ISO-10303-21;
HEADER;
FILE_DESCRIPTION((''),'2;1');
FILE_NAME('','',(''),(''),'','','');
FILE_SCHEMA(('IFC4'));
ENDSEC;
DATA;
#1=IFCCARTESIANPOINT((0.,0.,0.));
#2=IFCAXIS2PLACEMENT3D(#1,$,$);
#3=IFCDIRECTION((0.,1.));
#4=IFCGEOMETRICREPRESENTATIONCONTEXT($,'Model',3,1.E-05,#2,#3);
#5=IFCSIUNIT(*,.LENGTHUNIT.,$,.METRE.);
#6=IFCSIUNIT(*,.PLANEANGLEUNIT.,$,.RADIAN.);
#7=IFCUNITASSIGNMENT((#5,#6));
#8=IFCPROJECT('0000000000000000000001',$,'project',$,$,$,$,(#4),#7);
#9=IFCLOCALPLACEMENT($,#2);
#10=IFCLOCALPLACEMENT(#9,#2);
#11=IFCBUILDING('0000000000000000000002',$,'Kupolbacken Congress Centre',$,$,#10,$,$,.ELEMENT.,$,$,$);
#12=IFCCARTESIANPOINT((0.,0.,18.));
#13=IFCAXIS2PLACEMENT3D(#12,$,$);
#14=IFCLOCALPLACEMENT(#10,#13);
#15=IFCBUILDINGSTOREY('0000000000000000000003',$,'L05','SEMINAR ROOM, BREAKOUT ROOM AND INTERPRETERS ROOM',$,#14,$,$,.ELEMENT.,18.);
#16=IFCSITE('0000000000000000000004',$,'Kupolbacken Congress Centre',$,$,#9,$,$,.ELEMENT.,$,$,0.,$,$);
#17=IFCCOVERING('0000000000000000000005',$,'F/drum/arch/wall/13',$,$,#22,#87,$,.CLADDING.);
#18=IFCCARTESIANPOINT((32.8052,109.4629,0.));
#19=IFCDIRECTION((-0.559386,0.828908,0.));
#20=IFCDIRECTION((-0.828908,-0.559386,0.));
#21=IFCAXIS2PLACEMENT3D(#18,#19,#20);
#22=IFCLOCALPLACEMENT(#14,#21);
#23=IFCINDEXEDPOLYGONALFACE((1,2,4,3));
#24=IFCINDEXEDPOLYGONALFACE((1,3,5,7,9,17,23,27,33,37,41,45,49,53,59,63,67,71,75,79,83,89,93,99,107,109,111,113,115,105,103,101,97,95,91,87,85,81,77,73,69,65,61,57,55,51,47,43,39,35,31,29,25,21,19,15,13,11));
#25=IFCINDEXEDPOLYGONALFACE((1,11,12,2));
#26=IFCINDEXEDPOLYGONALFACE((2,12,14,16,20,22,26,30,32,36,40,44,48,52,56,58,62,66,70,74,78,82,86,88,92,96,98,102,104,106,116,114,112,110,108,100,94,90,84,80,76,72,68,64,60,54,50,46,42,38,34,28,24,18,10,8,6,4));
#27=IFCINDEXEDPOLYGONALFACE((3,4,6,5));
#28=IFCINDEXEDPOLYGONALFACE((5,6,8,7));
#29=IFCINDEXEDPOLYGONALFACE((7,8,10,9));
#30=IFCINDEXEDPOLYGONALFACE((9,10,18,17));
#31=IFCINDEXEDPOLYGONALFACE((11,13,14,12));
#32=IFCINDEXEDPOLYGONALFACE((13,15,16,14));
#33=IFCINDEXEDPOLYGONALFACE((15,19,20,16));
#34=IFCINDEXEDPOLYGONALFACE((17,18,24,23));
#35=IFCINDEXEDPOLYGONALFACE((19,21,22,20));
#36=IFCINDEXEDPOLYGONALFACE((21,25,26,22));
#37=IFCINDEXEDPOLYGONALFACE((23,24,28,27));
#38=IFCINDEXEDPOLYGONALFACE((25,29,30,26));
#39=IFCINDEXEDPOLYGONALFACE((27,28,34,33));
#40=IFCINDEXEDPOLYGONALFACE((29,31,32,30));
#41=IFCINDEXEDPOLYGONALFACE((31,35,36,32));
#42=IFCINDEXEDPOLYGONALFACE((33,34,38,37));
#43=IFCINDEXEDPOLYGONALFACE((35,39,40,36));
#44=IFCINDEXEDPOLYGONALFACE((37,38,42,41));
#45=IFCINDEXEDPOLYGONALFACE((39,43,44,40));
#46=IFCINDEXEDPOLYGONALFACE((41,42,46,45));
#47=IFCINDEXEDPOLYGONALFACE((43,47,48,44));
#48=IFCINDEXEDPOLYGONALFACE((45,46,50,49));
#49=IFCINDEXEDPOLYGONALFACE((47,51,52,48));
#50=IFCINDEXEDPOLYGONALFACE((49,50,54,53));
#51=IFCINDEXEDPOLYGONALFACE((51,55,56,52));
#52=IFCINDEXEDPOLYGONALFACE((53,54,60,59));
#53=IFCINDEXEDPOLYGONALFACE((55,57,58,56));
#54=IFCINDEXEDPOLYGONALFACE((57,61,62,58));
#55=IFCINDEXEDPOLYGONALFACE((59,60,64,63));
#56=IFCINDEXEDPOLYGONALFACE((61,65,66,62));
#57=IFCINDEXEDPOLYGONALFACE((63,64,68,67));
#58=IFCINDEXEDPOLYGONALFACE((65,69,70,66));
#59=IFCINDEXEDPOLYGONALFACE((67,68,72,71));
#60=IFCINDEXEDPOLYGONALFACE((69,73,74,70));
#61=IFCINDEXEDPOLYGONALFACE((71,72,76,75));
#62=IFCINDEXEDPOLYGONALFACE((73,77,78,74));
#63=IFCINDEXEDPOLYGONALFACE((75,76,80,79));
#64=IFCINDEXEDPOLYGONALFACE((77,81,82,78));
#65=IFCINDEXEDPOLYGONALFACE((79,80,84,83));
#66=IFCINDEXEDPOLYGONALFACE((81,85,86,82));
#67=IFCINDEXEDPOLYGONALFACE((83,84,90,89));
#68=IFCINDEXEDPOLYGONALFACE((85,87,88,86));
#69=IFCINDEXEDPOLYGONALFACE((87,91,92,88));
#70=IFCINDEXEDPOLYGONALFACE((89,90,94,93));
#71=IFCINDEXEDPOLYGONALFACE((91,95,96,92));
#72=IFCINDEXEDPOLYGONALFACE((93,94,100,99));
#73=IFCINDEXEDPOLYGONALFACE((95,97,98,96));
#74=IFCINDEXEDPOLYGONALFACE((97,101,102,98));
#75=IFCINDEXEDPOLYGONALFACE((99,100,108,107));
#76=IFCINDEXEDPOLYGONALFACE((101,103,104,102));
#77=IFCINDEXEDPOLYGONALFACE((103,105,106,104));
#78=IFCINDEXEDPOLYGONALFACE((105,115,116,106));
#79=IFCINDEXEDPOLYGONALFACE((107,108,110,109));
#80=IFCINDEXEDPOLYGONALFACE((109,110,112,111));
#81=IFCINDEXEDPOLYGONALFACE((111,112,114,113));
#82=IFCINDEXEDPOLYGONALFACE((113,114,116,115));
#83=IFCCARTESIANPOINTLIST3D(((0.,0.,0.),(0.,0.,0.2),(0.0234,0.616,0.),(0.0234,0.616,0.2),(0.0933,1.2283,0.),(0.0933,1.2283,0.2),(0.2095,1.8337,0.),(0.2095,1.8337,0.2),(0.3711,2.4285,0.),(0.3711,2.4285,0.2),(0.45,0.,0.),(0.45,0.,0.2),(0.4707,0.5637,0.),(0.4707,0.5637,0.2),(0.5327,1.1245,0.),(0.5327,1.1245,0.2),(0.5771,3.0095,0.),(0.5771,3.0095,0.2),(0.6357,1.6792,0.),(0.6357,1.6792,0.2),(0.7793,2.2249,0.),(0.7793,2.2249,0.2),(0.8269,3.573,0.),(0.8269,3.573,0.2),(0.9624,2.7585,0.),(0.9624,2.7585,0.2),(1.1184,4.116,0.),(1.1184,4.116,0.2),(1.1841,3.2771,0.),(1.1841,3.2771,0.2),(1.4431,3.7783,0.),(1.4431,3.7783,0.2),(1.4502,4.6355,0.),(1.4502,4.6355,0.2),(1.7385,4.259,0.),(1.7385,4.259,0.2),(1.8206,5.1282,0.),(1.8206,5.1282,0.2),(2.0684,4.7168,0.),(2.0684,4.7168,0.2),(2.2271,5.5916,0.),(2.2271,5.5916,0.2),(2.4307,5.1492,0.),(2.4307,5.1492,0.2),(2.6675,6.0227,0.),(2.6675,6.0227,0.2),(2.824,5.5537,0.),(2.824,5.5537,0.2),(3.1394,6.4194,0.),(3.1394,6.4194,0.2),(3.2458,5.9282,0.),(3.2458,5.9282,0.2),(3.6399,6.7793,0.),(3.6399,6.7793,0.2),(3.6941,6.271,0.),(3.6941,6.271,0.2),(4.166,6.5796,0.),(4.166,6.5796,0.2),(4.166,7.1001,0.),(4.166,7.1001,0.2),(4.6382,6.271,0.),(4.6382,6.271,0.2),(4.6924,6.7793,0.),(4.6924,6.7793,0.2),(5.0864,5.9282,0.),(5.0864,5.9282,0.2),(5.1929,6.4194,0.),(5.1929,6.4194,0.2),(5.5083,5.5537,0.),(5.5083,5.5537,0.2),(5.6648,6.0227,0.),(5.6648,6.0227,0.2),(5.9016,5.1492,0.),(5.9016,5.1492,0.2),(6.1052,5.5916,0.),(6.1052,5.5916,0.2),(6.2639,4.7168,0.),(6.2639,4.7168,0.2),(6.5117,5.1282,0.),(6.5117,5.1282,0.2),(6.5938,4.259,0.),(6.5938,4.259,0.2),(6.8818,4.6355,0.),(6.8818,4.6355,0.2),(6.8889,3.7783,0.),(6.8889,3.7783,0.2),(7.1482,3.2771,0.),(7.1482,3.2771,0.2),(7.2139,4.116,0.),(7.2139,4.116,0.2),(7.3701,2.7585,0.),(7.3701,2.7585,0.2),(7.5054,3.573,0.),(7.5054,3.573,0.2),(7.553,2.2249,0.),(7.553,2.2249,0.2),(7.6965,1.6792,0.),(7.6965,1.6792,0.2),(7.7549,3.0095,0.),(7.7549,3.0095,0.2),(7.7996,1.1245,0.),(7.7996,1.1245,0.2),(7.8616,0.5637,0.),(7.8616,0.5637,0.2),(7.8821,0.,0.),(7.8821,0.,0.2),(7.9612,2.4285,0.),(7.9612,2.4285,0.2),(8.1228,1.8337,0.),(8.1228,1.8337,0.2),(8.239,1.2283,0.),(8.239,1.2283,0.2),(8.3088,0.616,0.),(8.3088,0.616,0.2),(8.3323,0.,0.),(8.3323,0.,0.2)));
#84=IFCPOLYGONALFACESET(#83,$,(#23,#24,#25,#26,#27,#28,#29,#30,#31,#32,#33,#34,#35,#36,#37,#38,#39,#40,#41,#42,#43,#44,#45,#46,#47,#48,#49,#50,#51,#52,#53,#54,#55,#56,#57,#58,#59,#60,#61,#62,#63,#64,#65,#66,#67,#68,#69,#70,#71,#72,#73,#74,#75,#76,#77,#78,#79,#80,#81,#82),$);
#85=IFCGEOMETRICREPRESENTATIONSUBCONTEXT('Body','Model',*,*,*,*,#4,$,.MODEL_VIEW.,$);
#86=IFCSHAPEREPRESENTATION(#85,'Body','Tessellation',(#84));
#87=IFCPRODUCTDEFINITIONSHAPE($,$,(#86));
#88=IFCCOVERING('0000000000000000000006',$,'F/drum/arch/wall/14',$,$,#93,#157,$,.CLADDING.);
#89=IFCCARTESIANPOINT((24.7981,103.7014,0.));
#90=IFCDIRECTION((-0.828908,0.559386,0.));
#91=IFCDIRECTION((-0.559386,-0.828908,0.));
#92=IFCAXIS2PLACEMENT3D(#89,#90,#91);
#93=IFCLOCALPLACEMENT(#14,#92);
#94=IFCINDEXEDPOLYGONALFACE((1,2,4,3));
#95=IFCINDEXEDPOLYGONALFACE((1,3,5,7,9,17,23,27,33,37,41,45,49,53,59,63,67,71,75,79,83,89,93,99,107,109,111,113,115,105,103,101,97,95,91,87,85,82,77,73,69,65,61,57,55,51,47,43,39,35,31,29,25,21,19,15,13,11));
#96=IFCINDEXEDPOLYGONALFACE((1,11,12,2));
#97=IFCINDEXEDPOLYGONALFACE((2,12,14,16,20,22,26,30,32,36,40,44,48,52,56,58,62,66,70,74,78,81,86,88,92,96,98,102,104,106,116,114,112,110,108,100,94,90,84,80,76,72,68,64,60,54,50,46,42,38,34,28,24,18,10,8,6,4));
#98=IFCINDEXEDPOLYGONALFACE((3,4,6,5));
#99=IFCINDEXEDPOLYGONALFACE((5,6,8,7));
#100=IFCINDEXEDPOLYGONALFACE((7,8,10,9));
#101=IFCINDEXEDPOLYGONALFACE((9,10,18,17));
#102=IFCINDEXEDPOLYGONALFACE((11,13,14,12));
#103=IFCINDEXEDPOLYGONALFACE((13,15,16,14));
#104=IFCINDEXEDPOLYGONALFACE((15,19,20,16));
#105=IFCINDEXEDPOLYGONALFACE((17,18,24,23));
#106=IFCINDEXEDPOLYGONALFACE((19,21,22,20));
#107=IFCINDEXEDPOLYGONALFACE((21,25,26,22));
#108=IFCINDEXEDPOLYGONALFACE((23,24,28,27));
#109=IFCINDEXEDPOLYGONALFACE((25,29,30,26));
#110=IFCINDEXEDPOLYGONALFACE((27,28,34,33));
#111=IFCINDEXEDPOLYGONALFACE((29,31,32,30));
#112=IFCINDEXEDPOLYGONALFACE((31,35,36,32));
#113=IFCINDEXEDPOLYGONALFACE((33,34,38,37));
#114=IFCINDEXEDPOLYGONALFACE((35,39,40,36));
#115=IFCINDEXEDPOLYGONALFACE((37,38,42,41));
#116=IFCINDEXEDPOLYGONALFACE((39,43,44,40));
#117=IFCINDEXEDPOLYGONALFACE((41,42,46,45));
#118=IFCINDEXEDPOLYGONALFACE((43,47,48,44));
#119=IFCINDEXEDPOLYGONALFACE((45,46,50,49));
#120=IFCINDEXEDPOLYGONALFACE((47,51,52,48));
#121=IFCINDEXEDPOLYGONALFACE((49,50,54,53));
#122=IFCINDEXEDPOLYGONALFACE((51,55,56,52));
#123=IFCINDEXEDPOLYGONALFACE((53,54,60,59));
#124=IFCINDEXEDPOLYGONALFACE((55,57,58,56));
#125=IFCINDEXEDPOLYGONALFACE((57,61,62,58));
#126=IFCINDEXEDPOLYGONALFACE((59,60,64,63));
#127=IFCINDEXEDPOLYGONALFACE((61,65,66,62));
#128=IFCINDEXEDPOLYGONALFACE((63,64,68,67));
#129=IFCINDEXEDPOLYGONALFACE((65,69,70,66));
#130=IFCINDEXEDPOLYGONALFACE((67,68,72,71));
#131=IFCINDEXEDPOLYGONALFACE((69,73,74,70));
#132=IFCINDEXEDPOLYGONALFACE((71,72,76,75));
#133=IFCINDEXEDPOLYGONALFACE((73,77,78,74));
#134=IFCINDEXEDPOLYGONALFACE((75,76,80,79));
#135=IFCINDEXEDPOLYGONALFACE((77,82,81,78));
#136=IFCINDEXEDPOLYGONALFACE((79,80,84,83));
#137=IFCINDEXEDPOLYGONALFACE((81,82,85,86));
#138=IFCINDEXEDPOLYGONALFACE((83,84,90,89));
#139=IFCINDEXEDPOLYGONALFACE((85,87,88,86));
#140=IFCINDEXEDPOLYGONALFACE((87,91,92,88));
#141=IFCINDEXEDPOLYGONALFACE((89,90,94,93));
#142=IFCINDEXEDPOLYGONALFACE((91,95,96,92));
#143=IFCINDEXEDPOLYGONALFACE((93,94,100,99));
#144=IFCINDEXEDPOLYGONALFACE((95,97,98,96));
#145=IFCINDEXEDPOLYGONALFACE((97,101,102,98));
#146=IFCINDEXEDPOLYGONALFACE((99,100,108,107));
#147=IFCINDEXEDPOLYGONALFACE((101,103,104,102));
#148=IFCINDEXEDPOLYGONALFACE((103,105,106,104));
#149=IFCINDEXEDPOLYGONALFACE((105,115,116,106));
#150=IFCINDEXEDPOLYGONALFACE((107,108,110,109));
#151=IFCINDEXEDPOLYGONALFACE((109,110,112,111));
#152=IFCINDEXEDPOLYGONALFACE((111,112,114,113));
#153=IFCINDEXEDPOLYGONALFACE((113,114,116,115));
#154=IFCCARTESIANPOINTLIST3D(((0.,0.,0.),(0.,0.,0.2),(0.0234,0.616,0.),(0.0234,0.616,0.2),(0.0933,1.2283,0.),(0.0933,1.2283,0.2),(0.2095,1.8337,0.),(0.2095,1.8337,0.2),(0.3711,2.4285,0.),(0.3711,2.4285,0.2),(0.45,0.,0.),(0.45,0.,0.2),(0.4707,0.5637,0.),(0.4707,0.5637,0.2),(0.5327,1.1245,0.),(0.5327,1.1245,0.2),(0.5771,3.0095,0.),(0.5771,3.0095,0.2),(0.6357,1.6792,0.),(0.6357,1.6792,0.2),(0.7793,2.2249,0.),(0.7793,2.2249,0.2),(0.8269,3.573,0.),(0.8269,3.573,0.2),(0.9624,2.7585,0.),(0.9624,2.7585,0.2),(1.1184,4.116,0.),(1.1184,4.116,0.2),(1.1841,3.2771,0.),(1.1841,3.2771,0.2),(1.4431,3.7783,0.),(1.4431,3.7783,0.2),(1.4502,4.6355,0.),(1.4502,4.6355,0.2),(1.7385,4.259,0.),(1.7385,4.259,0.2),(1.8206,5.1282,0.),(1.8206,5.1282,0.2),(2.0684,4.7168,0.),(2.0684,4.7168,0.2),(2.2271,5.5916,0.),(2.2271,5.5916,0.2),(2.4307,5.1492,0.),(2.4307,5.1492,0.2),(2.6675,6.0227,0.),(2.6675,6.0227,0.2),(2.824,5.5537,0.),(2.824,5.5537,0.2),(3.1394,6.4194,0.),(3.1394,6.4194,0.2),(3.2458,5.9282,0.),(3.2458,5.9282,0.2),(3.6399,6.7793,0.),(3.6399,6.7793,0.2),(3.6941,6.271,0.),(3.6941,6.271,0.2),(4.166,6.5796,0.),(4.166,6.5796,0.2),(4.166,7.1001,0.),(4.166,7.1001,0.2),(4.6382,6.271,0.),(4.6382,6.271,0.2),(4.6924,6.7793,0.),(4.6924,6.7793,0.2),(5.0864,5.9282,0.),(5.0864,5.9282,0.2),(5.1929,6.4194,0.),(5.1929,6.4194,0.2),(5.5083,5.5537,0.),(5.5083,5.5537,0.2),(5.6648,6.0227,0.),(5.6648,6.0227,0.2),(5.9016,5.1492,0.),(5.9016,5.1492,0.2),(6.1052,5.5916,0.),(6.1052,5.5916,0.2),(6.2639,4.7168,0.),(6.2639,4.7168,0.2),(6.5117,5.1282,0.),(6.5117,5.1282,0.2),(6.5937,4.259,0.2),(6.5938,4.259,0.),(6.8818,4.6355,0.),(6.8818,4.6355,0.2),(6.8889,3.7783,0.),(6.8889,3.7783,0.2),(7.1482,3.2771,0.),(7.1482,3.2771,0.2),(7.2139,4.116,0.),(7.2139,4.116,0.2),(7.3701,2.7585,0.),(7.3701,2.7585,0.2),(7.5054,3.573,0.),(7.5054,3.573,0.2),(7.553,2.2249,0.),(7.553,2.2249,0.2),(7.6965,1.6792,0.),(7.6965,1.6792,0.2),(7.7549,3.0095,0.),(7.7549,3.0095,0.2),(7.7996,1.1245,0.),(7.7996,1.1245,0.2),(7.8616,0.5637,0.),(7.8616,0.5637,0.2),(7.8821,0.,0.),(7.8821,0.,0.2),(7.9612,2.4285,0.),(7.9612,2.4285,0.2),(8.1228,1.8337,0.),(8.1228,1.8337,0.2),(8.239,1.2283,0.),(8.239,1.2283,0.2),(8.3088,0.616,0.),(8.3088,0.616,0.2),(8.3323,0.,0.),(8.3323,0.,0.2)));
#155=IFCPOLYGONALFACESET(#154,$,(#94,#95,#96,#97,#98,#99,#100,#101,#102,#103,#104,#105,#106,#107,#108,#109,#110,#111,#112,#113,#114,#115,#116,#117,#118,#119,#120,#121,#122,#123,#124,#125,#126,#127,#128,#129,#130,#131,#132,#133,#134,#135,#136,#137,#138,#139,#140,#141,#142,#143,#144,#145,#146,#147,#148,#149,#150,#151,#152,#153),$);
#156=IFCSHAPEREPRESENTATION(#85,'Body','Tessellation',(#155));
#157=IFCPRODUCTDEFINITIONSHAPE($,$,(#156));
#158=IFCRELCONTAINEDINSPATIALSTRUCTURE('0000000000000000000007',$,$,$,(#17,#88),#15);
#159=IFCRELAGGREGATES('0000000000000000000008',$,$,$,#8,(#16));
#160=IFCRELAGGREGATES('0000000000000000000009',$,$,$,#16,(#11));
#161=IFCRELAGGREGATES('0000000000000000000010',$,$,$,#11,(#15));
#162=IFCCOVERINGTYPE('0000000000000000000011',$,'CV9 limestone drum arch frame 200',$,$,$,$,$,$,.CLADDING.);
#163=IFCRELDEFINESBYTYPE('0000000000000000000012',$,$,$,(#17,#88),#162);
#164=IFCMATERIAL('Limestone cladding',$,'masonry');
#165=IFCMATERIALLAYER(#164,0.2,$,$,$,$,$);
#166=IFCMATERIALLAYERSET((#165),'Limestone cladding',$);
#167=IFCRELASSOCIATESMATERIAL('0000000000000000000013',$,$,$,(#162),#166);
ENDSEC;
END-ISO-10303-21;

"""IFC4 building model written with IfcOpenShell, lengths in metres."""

from ifc_helpers import new_model, si_unit, direction, frame, origin, place, context, subcontext, project, spatial, polyline, outline, extrude, material, layer, layer_set, type_object, element, save


model = new_model("IFC4")

# Units and contexts
model_context = context("Model", 3, precision=1e-05, world=origin(), true_north=direction((0.0, 1.0)))
body_context = subcontext(model_context, "Body", "Model", "MODEL_VIEW")
ifc_project = project(units=[si_unit("LENGTHUNIT", "METRE"), si_unit("PLANEANGLEUNIT", "RADIAN")], contexts=[model_context])

# Site, building, storey
site_placement = place(None, origin())
site = spatial("IfcSite", under=ifc_project, at=site_placement, Name="Kupolbacken Congress Centre", CompositionType="ELEMENT", RefElevation=0.0)
building_placement = place(site_placement, origin())
building = spatial("IfcBuilding", under=site, at=building_placement, Name="Kupolbacken Congress Centre", CompositionType="ELEMENT")
storey_placement = place(building_placement, frame((0.0, 0.0, 18.0)))
storey = spatial("IfcBuildingStorey", under=building, at=storey_placement, Name="L05", Description="SEMINAR ROOM, BREAKOUT ROOM AND INTERPRETERS ROOM", CompositionType="ELEMENT", Elevation=18.0)

# Coverings
ifc_material_1 = material(Name="Limestone cladding", Category="masonry")
ifc_layer_1 = layer(ifc_material_1, 0.2)
ifc_layer_set_1 = layer_set([ifc_layer_1], Name="Limestone cladding")
covering_type = type_object("IfcCoveringType", Name="CV9 limestone drum arch frame 200", PredefinedType="CLADDING", material=ifc_layer_set_1)
covering_1_placement = place(storey_placement, frame((32.8052, 109.4629, 0.0), z_axis=(-0.559386, 0.828908, 0.0), x_axis=(-0.828908, -0.559386, 0.0)))
element("IfcCovering", 1, at=covering_1_placement, inside=storey, type_object=covering_type, Name="F/drum/arch/wall/13", PredefinedType="CLADDING", context=body_context, shape_type="SweptSolid", body=[
    extrude(outline(polyline([(0.0, 0.0), (0.0234, 0.616), (0.0933, 1.2283), (0.2095, 1.8337), (0.3711, 2.4285), (0.5771, 3.0095), (0.8269, 3.573), (1.1184, 4.116), (1.4502, 4.6355), (1.8206, 5.1282), (2.2271, 5.5916), (2.6675, 6.0227), (3.1394, 6.4194), (3.6399, 6.7793), (4.166, 7.1001), (4.6924, 6.7793), (5.1929, 6.4194), (5.6648, 6.0227), (6.1052, 5.5916), (6.5117, 5.1282), (6.8818, 4.6355), (7.2139, 4.116), (7.5054, 3.573), (7.7549, 3.0095), (7.9612, 2.4285), (8.1228, 1.8337), (8.239, 1.2283), (8.3088, 0.616), (8.3323, 0.0), (7.8821, 0.0), (7.8616, 0.5637), (7.7996, 1.1245), (7.6965, 1.6792), (7.553, 2.2249), (7.3701, 2.7585), (7.1482, 3.2771), (6.8889, 3.7783), (6.5938, 4.259), (6.2639, 4.7168), (5.9016, 5.1492), (5.5083, 5.5537), (5.0864, 5.9282), (4.6382, 6.271), (4.166, 6.5796), (3.6941, 6.271), (3.2458, 5.9282), (2.824, 5.5537), (2.4307, 5.1492), (2.0684, 4.7168), (1.7385, 4.259), (1.4431, 3.7783), (1.1841, 3.2771), (0.9624, 2.7585), (0.7793, 2.2249), (0.6357, 1.6792), (0.5327, 1.1245), (0.4707, 0.5637), (0.45, 0.0), (0.0, 0.0)])), origin(), (0.0, 0.0, 1.0), 0.2),
])
covering_2_placement = place(storey_placement, frame((24.7981, 103.7014, 0.0), z_axis=(-0.828908, 0.559386, 0.0), x_axis=(-0.559386, -0.828908, 0.0)))
element("IfcCovering", 2, at=covering_2_placement, inside=storey, type_object=covering_type, Name="F/drum/arch/wall/14", PredefinedType="CLADDING", context=body_context, shape_type="SweptSolid", body=[
    extrude(outline(polyline([(0.0, 0.0), (0.0234, 0.616), (0.0933, 1.2283), (0.2095, 1.8337), (0.3711, 2.4285), (0.5771, 3.0095), (0.8269, 3.573), (1.1184, 4.116), (1.4502, 4.6355), (1.8206, 5.1282), (2.2271, 5.5916), (2.6675, 6.0227), (3.1394, 6.4194), (3.6399, 6.7793), (4.166, 7.1001), (4.6924, 6.7793), (5.1929, 6.4194), (5.6648, 6.0227), (6.1052, 5.5916), (6.5117, 5.1282), (6.8818, 4.6355), (7.2139, 4.116), (7.5054, 3.573), (7.7549, 3.0095), (7.9612, 2.4285), (8.1228, 1.8337), (8.239, 1.2283), (8.3088, 0.616), (8.3323, 0.0), (7.8821, 0.0), (7.8616, 0.5637), (7.7996, 1.1245), (7.6965, 1.6792), (7.553, 2.2249), (7.3701, 2.7585), (7.1482, 3.2771), (6.8889, 3.7783), (6.5938, 4.259), (6.2639, 4.7168), (5.9016, 5.1492), (5.5083, 5.5537), (5.0864, 5.9282), (4.6382, 6.271), (4.166, 6.5796), (3.6941, 6.271), (3.2458, 5.9282), (2.824, 5.5537), (2.4307, 5.1492), (2.0684, 4.7168), (1.7385, 4.259), (1.4431, 3.7783), (1.1841, 3.2771), (0.9624, 2.7585), (0.7793, 2.2249), (0.6357, 1.6792), (0.5327, 1.1245), (0.4707, 0.5637), (0.45, 0.0), (0.0, 0.0)])), origin(), (0.0, 0.0, 1.0), 0.2),
])

save(model, "model.ifc")
